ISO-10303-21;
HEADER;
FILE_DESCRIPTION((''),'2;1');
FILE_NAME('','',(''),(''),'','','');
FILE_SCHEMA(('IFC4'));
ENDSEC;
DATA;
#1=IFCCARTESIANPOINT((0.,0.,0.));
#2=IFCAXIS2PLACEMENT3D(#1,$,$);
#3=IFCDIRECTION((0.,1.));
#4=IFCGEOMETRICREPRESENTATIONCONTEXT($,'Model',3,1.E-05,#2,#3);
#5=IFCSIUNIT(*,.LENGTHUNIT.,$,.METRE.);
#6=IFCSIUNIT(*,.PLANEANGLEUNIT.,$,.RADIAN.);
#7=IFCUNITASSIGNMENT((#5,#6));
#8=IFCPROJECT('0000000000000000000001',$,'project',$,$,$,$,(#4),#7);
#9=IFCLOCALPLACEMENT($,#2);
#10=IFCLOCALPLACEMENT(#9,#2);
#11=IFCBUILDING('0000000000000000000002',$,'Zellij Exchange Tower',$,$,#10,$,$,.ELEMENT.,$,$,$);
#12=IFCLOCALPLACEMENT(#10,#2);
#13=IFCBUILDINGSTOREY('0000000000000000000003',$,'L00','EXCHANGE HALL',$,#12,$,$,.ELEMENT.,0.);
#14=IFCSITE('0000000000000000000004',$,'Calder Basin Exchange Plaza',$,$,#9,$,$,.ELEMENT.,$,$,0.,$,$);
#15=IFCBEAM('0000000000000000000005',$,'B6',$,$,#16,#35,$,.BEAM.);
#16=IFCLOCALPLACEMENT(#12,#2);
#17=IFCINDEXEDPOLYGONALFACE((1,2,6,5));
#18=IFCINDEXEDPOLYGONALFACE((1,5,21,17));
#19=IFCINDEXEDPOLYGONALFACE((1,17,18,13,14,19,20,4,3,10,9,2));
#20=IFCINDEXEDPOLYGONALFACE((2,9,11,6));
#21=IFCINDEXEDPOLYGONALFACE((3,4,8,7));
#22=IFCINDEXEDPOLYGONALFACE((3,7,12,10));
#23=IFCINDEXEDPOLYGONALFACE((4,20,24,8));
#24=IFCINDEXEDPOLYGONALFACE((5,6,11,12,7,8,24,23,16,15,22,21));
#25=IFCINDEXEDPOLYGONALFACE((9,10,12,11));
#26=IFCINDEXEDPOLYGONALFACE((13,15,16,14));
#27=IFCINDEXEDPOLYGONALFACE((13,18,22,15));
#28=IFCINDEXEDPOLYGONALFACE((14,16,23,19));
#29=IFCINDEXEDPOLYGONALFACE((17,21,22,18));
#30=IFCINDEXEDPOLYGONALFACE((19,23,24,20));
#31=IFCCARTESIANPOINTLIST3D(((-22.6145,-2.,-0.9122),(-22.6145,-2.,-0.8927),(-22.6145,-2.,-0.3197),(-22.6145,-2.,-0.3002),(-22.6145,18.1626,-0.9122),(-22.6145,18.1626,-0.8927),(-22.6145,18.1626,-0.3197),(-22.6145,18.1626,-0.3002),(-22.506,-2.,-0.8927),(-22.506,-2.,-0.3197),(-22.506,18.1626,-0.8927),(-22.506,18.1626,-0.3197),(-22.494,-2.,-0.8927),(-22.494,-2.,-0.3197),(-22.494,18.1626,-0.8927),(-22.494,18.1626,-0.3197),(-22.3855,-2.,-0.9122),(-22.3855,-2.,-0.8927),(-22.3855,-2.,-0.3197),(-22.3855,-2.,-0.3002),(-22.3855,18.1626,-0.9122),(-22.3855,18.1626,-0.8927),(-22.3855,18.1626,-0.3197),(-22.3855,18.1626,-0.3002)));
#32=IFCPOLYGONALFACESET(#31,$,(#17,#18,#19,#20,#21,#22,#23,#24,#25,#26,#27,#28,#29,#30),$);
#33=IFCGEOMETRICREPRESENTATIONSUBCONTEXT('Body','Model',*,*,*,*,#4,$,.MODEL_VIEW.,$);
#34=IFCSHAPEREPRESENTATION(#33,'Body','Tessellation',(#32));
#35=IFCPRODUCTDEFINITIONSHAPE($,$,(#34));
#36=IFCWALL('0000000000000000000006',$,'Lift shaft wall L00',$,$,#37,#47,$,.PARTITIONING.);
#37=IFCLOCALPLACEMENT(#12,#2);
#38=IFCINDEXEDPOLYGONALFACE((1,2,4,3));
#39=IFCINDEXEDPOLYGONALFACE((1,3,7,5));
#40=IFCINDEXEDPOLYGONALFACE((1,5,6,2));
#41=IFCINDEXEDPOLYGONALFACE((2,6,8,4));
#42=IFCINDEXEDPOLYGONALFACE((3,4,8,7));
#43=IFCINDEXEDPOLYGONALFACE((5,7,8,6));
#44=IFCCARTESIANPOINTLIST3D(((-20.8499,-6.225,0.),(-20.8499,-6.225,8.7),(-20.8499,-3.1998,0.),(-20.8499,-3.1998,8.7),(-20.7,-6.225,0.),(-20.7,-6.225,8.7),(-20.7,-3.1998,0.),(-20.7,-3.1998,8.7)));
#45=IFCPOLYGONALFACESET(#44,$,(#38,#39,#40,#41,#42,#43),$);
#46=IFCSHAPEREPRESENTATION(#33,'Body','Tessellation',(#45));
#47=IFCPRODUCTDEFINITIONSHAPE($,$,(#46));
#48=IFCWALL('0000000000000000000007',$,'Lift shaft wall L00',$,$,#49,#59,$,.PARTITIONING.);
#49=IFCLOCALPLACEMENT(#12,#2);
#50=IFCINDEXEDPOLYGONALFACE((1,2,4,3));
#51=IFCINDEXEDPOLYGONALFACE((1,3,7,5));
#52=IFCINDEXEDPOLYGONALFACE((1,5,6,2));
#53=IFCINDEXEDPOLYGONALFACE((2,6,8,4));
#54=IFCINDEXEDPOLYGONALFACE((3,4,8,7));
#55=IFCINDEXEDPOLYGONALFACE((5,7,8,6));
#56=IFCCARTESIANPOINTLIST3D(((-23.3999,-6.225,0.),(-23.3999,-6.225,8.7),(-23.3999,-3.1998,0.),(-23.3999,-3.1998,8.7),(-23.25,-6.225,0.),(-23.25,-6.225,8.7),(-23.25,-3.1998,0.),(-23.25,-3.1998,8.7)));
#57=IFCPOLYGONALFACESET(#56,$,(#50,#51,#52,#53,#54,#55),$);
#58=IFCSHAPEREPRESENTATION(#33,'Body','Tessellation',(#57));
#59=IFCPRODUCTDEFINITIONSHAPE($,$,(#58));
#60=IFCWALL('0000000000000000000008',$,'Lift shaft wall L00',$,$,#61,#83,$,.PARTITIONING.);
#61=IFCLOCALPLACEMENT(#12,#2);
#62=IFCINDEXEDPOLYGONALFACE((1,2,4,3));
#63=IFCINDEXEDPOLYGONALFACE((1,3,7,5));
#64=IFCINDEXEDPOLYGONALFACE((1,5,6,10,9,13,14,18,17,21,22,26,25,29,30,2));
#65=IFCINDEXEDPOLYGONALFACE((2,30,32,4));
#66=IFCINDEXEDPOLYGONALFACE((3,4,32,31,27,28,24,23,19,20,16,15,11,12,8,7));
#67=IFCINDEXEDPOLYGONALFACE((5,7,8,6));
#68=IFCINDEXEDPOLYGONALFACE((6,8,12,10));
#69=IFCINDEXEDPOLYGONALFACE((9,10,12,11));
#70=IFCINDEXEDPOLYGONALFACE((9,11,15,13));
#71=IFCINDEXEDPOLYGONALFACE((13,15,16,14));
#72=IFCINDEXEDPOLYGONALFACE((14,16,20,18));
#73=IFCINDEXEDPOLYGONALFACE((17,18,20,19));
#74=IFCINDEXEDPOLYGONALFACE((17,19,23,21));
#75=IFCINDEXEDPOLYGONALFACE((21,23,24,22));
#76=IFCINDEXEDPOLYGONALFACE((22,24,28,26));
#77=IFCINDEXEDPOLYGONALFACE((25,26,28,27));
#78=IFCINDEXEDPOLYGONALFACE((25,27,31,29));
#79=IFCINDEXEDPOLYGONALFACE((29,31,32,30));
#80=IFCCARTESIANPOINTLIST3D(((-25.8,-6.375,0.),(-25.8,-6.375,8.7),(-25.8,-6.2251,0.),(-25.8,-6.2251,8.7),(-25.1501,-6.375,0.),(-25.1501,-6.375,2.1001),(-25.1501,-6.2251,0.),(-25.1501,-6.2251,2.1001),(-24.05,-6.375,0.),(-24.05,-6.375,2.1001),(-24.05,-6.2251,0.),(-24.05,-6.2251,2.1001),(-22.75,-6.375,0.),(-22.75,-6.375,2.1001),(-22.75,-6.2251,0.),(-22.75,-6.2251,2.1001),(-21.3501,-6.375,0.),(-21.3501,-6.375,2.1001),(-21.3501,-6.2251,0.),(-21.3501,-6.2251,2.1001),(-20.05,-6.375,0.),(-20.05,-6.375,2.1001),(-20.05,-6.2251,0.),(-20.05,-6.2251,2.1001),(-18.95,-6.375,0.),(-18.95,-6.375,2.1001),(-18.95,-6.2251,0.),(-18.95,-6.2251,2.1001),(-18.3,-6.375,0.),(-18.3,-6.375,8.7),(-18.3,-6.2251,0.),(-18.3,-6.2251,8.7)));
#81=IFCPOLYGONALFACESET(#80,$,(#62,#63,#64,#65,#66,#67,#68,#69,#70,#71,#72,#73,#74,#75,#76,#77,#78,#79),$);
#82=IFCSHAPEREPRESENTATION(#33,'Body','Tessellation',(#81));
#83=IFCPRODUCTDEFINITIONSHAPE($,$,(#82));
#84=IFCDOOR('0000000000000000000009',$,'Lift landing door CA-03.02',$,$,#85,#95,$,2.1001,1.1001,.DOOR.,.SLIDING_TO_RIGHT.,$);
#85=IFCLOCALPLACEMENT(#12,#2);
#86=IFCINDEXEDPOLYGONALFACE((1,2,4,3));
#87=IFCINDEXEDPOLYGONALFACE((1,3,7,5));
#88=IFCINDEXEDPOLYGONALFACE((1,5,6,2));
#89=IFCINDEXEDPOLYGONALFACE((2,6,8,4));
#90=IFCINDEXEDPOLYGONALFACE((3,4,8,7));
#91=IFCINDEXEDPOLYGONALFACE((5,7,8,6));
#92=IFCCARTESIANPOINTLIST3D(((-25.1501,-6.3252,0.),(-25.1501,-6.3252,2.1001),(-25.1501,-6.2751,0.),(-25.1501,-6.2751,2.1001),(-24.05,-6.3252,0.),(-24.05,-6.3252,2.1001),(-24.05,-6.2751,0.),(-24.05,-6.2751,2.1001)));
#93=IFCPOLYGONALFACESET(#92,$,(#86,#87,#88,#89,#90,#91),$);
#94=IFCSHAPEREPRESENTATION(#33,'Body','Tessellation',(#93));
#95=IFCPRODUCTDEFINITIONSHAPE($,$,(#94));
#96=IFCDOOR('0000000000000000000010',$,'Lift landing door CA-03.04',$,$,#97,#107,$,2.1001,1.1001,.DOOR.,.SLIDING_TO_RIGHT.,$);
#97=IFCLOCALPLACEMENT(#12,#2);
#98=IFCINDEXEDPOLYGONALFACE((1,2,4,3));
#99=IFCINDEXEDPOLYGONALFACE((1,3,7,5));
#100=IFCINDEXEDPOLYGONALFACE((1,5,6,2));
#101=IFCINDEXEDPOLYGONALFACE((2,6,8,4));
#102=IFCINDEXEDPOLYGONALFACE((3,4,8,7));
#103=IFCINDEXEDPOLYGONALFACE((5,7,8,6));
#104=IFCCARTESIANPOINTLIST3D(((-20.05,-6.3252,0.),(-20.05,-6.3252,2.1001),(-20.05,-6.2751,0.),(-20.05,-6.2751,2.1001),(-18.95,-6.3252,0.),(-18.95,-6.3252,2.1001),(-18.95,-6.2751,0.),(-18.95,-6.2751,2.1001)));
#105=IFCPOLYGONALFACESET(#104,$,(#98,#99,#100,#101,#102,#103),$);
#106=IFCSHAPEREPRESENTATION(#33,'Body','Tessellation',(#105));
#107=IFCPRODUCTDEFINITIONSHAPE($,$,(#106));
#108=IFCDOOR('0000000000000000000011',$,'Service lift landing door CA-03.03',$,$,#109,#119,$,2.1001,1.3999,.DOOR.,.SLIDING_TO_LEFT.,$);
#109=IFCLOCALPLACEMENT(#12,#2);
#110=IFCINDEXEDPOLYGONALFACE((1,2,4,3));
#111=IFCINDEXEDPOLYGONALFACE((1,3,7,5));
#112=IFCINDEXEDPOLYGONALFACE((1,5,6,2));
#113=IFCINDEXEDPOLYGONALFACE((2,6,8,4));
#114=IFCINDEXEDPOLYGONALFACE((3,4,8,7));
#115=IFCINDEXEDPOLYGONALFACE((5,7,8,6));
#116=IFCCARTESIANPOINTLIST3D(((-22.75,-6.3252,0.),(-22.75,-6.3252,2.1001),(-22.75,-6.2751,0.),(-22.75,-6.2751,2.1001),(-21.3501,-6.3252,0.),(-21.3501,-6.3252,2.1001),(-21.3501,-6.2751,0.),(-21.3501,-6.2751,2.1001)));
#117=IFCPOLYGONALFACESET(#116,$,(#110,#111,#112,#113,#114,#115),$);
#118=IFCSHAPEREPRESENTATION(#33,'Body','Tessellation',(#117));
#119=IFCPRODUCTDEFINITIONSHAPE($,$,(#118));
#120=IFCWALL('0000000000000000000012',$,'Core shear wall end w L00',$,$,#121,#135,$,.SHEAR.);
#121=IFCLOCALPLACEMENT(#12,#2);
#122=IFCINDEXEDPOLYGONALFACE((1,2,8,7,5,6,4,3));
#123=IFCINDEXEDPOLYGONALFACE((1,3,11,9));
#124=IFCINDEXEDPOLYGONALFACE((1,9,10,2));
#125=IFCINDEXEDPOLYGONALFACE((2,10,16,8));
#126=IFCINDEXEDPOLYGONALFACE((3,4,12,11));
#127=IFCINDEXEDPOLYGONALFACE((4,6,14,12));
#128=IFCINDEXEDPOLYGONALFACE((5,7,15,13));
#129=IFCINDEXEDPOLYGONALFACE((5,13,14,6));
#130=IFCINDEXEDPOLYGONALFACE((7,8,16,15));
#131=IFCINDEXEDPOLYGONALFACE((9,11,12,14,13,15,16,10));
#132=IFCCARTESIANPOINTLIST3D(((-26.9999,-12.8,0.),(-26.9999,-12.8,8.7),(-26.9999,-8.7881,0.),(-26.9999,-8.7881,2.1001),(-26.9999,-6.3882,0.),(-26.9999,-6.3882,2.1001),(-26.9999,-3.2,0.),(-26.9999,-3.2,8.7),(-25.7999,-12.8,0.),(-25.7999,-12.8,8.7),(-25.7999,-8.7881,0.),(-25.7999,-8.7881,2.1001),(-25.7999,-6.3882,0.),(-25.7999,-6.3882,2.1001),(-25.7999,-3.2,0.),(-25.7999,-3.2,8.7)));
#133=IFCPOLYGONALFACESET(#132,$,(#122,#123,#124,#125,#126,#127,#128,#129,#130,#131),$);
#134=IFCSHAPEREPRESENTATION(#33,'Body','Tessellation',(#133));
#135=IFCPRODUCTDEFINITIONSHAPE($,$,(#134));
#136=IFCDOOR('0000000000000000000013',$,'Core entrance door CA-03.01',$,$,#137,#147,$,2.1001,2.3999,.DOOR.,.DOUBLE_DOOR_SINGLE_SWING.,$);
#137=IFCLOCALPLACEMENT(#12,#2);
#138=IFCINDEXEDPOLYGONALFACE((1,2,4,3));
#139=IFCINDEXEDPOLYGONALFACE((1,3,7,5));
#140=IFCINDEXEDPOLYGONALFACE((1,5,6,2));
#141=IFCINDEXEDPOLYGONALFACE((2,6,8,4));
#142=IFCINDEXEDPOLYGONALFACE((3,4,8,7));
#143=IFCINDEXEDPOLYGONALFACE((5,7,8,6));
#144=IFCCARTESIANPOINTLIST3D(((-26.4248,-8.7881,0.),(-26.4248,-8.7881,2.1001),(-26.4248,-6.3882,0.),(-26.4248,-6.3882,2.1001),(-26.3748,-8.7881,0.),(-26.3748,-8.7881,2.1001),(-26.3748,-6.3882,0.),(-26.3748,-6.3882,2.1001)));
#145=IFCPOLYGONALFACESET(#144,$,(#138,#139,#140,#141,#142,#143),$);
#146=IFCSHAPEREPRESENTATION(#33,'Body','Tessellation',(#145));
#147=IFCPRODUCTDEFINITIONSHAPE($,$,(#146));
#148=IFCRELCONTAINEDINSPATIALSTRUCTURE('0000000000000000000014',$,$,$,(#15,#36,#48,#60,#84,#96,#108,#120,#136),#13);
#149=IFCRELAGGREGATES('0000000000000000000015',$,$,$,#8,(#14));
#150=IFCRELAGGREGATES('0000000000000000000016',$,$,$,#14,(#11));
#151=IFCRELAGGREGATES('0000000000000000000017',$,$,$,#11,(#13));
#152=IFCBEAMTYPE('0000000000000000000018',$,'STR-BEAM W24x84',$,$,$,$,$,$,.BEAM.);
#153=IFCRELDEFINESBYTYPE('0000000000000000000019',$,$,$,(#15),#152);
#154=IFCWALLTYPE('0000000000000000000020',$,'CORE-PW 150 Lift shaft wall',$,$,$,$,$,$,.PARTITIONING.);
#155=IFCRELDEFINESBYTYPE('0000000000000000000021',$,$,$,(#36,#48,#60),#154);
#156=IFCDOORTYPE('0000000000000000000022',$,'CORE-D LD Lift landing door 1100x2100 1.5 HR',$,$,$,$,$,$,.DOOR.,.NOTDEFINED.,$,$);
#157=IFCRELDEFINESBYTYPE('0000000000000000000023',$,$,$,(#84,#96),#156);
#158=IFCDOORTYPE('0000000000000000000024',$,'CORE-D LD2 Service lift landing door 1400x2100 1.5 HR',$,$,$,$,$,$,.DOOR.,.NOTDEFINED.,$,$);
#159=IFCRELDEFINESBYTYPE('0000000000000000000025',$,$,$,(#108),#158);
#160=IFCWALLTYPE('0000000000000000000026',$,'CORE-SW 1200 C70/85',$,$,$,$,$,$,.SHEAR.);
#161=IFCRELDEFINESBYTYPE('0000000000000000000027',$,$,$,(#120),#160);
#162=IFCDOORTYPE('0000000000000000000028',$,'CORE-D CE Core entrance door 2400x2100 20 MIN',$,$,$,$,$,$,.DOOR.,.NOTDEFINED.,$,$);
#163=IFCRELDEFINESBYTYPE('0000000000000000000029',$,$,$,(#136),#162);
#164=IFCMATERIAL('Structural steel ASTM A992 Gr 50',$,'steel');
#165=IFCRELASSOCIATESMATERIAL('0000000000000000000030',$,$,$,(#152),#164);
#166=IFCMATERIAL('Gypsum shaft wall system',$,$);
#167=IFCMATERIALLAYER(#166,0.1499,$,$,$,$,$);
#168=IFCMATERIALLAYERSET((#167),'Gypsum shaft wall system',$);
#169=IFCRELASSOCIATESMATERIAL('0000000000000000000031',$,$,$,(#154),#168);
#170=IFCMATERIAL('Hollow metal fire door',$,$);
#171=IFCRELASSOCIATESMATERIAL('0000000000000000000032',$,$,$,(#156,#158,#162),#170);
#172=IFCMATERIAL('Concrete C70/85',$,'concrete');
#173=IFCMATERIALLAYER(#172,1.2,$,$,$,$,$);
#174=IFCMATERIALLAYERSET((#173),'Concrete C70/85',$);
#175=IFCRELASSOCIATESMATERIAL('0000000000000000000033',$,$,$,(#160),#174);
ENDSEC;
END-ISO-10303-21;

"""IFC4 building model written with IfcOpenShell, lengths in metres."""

from ifc_helpers import new_model, si_unit, direction, frame, frame_2d, origin, origin_2d, place, context, subcontext, project, spatial, rectangle, i_section, extrude, material, layer, layer_set, material_profile, profile_set, type_object, element, fill, save


model = new_model("IFC4")

# Units and contexts
model_context = context("Model", 3, precision=1e-05, world=origin(), true_north=direction((0.0, 1.0)))
body_context = subcontext(model_context, "Body", "Model", "MODEL_VIEW")
ifc_project = project(units=[si_unit("LENGTHUNIT", "METRE"), si_unit("PLANEANGLEUNIT", "RADIAN")], contexts=[model_context])

# Site, building, storey
site_placement = place(None, origin())
site = spatial("IfcSite", under=ifc_project, at=site_placement, Name="Calder Basin Exchange Plaza", CompositionType="ELEMENT", RefElevation=0.0)
building_placement = place(site_placement, origin())
building = spatial("IfcBuilding", under=site, at=building_placement, Name="Zellij Exchange Tower", CompositionType="ELEMENT")
storey_placement = place(building_placement, origin())
storey = spatial("IfcBuildingStorey", under=building, at=storey_placement, Name="L00", Description="EXCHANGE HALL", CompositionType="ELEMENT", Elevation=0.0)

# Beam
ifc_material_1 = material(Name="Structural steel ASTM A992 Gr 50", Category="steel")
ifc_material_profile = material_profile(ifc_material_1, i_section(OverallWidth=0.229, OverallDepth=0.6121, WebThickness=0.012, FlangeThickness=0.0195, at=origin_2d()), Name="W24x84")
ifc_profile_set = profile_set([ifc_material_profile], Name="Structural steel ASTM A992 Gr 50")
beam_type = type_object("IfcBeamType", Name="STR-BEAM W24x84", PredefinedType="BEAM", material=ifc_profile_set)
beam_placement = place(storey_placement, frame((-22.5, -2.0, -0.6062), z_axis=(0.0, 1.0, 0.0), x_axis=(-1.0, 0.0, 0.0)))
element("IfcBeam", 1, at=beam_placement, inside=storey, type_object=beam_type, Name="B6", PredefinedType="BEAM", context=body_context, shape_type="SweptSolid", body=[
    extrude(i_section(OverallWidth=0.229, OverallDepth=0.6121, WebThickness=0.012, FlangeThickness=0.0195, at=origin_2d()), origin(), (0.0, 0.0, 1.0), 20.1626),
])

# Walls
ifc_material_2 = material(Name="Gypsum shaft wall system")
ifc_layer_1 = layer(ifc_material_2, 0.1499)
ifc_layer_set_1 = layer_set([ifc_layer_1], Name="Gypsum shaft wall system")
wall_type_1 = type_object("IfcWallType", Name="CORE-PW 150 Lift shaft wall", PredefinedType="PARTITIONING", material=ifc_layer_set_1)
for number, where, z_axis, x_axis, name in (
    (2, (-20.7749, -6.2251, 0.0), (0.0, 0.0, 1.0), (0.0, 1.0, 0.0), "Lift shaft wall L00"),
    (3, (-23.325, -6.2251, 0.0), (0.0, 0.0, 1.0), (0.0, 1.0, 0.0), "Lift shaft wall L00"),
):
    element("IfcWall", number, at=place(storey_placement, frame(where, z_axis=z_axis, x_axis=x_axis)), inside=storey, type_object=wall_type_1, Name=name, PredefinedType="PARTITIONING", context=body_context, shape_type="SweptSolid", body=[
        extrude(rectangle(XDim=3.0251, YDim=0.1499, at=frame_2d((1.5127, 0.0))), origin(), (0.0, 0.0, 1.0), 8.7),
    ])

# Wall, openings, doors
wall_1_placement = place(storey_placement, frame((-25.8, -6.3, 0.0), z_axis=(0.0, 0.0, 1.0), x_axis=(1.0, 0.0, 0.0)))
wall_1 = element("IfcWall", 4, at=wall_1_placement, inside=storey, type_object=wall_type_1, Name="Lift shaft wall L00", PredefinedType="PARTITIONING", context=body_context, shape_type="SweptSolid", body=[
    extrude(rectangle(XDim=7.5, YDim=0.1499, at=frame_2d((3.75, 0.0))), origin(), (0.0, 0.0, 1.0), 8.7),
])
opening_1_placement = place(wall_1_placement, frame((0.6499, 0.0, 0.0)))
opening_1 = element("IfcOpeningElement", 5, at=opening_1_placement, cuts=wall_1, PredefinedType="OPENING", context=body_context, shape_type="SweptSolid", body=[
    extrude(rectangle(XDim=1.1001, YDim=2.1001, at=frame_2d((0.55, 1.05))), frame((0.0, 0.0869, 0.0), z_axis=(0.0, -1.0, 0.0), x_axis=(1.0, 0.0, 0.0)), (0.0, 0.0, 1.0), 0.1738),
])
opening_2_placement = place(wall_1_placement, frame((3.05, 0.0, 0.0)))
opening_2 = element("IfcOpeningElement", 6, at=opening_2_placement, cuts=wall_1, PredefinedType="OPENING", context=body_context, shape_type="SweptSolid", body=[
    extrude(rectangle(XDim=1.3999, YDim=2.1001, at=frame_2d((0.7, 1.05))), frame((0.0, 0.0869, 0.0), z_axis=(0.0, -1.0, 0.0), x_axis=(1.0, 0.0, 0.0)), (0.0, 0.0, 1.0), 0.1738),
])
opening_3_placement = place(wall_1_placement, frame((5.75, 0.0, 0.0)))
opening_3 = element("IfcOpeningElement", 7, at=opening_3_placement, cuts=wall_1, PredefinedType="OPENING", context=body_context, shape_type="SweptSolid", body=[
    extrude(rectangle(XDim=1.1001, YDim=2.1001, at=frame_2d((0.55, 1.05))), frame((0.0, 0.0869, 0.0), z_axis=(0.0, -1.0, 0.0), x_axis=(1.0, 0.0, 0.0)), (0.0, 0.0, 1.0), 0.1738),
])
ifc_material_3 = material(Name="Hollow metal fire door")
door_type_1 = type_object("IfcDoorType", Name="CORE-D LD Lift landing door 1100x2100 1.5 HR", OperationType="NOTDEFINED", PredefinedType="DOOR", material=ifc_material_3)
door_1_placement = place(opening_1_placement, origin())
door_1 = element("IfcDoor", 8, at=door_1_placement, inside=storey, type_object=door_type_1, Name="Lift landing door CA-03.02", OperationType="SLIDING_TO_RIGHT", OverallHeight=2.1001, OverallWidth=1.1001, PredefinedType="DOOR", context=body_context, shape_type="SweptSolid", body=[
    extrude(rectangle(XDim=1.1001, YDim=2.1001, at=frame_2d((0.55, 1.05))), frame((0.0, 0.0249, 0.0), z_axis=(0.0, -1.0, 0.0), x_axis=(1.0, 0.0, 0.0)), (0.0, 0.0, 1.0), 0.05),
])
fill(opening_1, door_1)
door_2_placement = place(opening_3_placement, origin())
door_2 = element("IfcDoor", 9, at=door_2_placement, inside=storey, type_object=door_type_1, Name="Lift landing door CA-03.04", OperationType="SLIDING_TO_RIGHT", OverallHeight=2.1001, OverallWidth=1.1001, PredefinedType="DOOR", context=body_context, shape_type="SweptSolid", body=[
    extrude(rectangle(XDim=1.1001, YDim=2.1001, at=frame_2d((0.55, 1.05))), frame((0.0, 0.0249, 0.0), z_axis=(0.0, -1.0, 0.0), x_axis=(1.0, 0.0, 0.0)), (0.0, 0.0, 1.0), 0.05),
])
fill(opening_3, door_2)
door_type_2 = type_object("IfcDoorType", Name="CORE-D LD2 Service lift landing door 1400x2100 1.5 HR", OperationType="NOTDEFINED", PredefinedType="DOOR", material=ifc_material_3)
door_3_placement = place(opening_2_placement, origin())
door_3 = element("IfcDoor", 10, at=door_3_placement, inside=storey, type_object=door_type_2, Name="Service lift landing door CA-03.03", OperationType="SLIDING_TO_LEFT", OverallHeight=2.1001, OverallWidth=1.3999, PredefinedType="DOOR", context=body_context, shape_type="SweptSolid", body=[
    extrude(rectangle(XDim=1.3999, YDim=2.1001, at=frame_2d((0.7, 1.05))), frame((0.0, 0.0249, 0.0), z_axis=(0.0, -1.0, 0.0), x_axis=(1.0, 0.0, 0.0)), (0.0, 0.0, 1.0), 0.05),
])
fill(opening_2, door_3)

# Wall, opening, door
ifc_material_4 = material(Name="Concrete C70/85", Category="concrete")
ifc_layer_2 = layer(ifc_material_4, 1.2)
ifc_layer_set_2 = layer_set([ifc_layer_2], Name="Concrete C70/85")
wall_type_2 = type_object("IfcWallType", Name="CORE-SW 1200 C70/85", PredefinedType="SHEAR", material=ifc_layer_set_2)
wall_2_placement = place(storey_placement, frame((-26.3999, -12.8, 0.0), z_axis=(0.0, 0.0, 1.0), x_axis=(0.0, 1.0, 0.0)))
wall_2 = element("IfcWall", 11, at=wall_2_placement, inside=storey, type_object=wall_type_2, Name="Core shear wall end w L00", PredefinedType="SHEAR", context=body_context, shape_type="SweptSolid", body=[
    extrude(rectangle(XDim=9.6001, YDim=1.2, at=frame_2d((4.8, 0.0))), origin(), (0.0, 0.0, 1.0), 8.7),
])
opening_4_placement = place(wall_2_placement, frame((4.012, 0.0, 0.0)))
opening_4 = element("IfcOpeningElement", 12, at=opening_4_placement, cuts=wall_2, PredefinedType="OPENING", context=body_context, shape_type="SweptSolid", body=[
    extrude(rectangle(XDim=2.3999, YDim=2.1001, at=frame_2d((1.2, 1.05))), frame((0.0, 0.6118, 0.0), z_axis=(0.0, -1.0, 0.0), x_axis=(1.0, 0.0, 0.0)), (0.0, 0.0, 1.0), 1.2239),
])
door_type_3 = type_object("IfcDoorType", Name="CORE-D CE Core entrance door 2400x2100 20 MIN", OperationType="NOTDEFINED", PredefinedType="DOOR", material=ifc_material_3)
door_4_placement = place(opening_4_placement, origin())
door_4 = element("IfcDoor", 13, at=door_4_placement, inside=storey, type_object=door_type_3, Name="Core entrance door CA-03.01", OperationType="DOUBLE_DOOR_SINGLE_SWING", OverallHeight=2.1001, OverallWidth=2.3999, PredefinedType="DOOR", context=body_context, shape_type="SweptSolid", body=[
    extrude(rectangle(XDim=2.3999, YDim=2.1001, at=frame_2d((1.2, 1.05))), frame((0.0, 0.0249, 0.0), z_axis=(0.0, -1.0, 0.0), x_axis=(1.0, 0.0, 0.0)), (0.0, 0.0, 1.0), 0.05),
])
fill(opening_4, door_4)

save(model, "model.ifc")
